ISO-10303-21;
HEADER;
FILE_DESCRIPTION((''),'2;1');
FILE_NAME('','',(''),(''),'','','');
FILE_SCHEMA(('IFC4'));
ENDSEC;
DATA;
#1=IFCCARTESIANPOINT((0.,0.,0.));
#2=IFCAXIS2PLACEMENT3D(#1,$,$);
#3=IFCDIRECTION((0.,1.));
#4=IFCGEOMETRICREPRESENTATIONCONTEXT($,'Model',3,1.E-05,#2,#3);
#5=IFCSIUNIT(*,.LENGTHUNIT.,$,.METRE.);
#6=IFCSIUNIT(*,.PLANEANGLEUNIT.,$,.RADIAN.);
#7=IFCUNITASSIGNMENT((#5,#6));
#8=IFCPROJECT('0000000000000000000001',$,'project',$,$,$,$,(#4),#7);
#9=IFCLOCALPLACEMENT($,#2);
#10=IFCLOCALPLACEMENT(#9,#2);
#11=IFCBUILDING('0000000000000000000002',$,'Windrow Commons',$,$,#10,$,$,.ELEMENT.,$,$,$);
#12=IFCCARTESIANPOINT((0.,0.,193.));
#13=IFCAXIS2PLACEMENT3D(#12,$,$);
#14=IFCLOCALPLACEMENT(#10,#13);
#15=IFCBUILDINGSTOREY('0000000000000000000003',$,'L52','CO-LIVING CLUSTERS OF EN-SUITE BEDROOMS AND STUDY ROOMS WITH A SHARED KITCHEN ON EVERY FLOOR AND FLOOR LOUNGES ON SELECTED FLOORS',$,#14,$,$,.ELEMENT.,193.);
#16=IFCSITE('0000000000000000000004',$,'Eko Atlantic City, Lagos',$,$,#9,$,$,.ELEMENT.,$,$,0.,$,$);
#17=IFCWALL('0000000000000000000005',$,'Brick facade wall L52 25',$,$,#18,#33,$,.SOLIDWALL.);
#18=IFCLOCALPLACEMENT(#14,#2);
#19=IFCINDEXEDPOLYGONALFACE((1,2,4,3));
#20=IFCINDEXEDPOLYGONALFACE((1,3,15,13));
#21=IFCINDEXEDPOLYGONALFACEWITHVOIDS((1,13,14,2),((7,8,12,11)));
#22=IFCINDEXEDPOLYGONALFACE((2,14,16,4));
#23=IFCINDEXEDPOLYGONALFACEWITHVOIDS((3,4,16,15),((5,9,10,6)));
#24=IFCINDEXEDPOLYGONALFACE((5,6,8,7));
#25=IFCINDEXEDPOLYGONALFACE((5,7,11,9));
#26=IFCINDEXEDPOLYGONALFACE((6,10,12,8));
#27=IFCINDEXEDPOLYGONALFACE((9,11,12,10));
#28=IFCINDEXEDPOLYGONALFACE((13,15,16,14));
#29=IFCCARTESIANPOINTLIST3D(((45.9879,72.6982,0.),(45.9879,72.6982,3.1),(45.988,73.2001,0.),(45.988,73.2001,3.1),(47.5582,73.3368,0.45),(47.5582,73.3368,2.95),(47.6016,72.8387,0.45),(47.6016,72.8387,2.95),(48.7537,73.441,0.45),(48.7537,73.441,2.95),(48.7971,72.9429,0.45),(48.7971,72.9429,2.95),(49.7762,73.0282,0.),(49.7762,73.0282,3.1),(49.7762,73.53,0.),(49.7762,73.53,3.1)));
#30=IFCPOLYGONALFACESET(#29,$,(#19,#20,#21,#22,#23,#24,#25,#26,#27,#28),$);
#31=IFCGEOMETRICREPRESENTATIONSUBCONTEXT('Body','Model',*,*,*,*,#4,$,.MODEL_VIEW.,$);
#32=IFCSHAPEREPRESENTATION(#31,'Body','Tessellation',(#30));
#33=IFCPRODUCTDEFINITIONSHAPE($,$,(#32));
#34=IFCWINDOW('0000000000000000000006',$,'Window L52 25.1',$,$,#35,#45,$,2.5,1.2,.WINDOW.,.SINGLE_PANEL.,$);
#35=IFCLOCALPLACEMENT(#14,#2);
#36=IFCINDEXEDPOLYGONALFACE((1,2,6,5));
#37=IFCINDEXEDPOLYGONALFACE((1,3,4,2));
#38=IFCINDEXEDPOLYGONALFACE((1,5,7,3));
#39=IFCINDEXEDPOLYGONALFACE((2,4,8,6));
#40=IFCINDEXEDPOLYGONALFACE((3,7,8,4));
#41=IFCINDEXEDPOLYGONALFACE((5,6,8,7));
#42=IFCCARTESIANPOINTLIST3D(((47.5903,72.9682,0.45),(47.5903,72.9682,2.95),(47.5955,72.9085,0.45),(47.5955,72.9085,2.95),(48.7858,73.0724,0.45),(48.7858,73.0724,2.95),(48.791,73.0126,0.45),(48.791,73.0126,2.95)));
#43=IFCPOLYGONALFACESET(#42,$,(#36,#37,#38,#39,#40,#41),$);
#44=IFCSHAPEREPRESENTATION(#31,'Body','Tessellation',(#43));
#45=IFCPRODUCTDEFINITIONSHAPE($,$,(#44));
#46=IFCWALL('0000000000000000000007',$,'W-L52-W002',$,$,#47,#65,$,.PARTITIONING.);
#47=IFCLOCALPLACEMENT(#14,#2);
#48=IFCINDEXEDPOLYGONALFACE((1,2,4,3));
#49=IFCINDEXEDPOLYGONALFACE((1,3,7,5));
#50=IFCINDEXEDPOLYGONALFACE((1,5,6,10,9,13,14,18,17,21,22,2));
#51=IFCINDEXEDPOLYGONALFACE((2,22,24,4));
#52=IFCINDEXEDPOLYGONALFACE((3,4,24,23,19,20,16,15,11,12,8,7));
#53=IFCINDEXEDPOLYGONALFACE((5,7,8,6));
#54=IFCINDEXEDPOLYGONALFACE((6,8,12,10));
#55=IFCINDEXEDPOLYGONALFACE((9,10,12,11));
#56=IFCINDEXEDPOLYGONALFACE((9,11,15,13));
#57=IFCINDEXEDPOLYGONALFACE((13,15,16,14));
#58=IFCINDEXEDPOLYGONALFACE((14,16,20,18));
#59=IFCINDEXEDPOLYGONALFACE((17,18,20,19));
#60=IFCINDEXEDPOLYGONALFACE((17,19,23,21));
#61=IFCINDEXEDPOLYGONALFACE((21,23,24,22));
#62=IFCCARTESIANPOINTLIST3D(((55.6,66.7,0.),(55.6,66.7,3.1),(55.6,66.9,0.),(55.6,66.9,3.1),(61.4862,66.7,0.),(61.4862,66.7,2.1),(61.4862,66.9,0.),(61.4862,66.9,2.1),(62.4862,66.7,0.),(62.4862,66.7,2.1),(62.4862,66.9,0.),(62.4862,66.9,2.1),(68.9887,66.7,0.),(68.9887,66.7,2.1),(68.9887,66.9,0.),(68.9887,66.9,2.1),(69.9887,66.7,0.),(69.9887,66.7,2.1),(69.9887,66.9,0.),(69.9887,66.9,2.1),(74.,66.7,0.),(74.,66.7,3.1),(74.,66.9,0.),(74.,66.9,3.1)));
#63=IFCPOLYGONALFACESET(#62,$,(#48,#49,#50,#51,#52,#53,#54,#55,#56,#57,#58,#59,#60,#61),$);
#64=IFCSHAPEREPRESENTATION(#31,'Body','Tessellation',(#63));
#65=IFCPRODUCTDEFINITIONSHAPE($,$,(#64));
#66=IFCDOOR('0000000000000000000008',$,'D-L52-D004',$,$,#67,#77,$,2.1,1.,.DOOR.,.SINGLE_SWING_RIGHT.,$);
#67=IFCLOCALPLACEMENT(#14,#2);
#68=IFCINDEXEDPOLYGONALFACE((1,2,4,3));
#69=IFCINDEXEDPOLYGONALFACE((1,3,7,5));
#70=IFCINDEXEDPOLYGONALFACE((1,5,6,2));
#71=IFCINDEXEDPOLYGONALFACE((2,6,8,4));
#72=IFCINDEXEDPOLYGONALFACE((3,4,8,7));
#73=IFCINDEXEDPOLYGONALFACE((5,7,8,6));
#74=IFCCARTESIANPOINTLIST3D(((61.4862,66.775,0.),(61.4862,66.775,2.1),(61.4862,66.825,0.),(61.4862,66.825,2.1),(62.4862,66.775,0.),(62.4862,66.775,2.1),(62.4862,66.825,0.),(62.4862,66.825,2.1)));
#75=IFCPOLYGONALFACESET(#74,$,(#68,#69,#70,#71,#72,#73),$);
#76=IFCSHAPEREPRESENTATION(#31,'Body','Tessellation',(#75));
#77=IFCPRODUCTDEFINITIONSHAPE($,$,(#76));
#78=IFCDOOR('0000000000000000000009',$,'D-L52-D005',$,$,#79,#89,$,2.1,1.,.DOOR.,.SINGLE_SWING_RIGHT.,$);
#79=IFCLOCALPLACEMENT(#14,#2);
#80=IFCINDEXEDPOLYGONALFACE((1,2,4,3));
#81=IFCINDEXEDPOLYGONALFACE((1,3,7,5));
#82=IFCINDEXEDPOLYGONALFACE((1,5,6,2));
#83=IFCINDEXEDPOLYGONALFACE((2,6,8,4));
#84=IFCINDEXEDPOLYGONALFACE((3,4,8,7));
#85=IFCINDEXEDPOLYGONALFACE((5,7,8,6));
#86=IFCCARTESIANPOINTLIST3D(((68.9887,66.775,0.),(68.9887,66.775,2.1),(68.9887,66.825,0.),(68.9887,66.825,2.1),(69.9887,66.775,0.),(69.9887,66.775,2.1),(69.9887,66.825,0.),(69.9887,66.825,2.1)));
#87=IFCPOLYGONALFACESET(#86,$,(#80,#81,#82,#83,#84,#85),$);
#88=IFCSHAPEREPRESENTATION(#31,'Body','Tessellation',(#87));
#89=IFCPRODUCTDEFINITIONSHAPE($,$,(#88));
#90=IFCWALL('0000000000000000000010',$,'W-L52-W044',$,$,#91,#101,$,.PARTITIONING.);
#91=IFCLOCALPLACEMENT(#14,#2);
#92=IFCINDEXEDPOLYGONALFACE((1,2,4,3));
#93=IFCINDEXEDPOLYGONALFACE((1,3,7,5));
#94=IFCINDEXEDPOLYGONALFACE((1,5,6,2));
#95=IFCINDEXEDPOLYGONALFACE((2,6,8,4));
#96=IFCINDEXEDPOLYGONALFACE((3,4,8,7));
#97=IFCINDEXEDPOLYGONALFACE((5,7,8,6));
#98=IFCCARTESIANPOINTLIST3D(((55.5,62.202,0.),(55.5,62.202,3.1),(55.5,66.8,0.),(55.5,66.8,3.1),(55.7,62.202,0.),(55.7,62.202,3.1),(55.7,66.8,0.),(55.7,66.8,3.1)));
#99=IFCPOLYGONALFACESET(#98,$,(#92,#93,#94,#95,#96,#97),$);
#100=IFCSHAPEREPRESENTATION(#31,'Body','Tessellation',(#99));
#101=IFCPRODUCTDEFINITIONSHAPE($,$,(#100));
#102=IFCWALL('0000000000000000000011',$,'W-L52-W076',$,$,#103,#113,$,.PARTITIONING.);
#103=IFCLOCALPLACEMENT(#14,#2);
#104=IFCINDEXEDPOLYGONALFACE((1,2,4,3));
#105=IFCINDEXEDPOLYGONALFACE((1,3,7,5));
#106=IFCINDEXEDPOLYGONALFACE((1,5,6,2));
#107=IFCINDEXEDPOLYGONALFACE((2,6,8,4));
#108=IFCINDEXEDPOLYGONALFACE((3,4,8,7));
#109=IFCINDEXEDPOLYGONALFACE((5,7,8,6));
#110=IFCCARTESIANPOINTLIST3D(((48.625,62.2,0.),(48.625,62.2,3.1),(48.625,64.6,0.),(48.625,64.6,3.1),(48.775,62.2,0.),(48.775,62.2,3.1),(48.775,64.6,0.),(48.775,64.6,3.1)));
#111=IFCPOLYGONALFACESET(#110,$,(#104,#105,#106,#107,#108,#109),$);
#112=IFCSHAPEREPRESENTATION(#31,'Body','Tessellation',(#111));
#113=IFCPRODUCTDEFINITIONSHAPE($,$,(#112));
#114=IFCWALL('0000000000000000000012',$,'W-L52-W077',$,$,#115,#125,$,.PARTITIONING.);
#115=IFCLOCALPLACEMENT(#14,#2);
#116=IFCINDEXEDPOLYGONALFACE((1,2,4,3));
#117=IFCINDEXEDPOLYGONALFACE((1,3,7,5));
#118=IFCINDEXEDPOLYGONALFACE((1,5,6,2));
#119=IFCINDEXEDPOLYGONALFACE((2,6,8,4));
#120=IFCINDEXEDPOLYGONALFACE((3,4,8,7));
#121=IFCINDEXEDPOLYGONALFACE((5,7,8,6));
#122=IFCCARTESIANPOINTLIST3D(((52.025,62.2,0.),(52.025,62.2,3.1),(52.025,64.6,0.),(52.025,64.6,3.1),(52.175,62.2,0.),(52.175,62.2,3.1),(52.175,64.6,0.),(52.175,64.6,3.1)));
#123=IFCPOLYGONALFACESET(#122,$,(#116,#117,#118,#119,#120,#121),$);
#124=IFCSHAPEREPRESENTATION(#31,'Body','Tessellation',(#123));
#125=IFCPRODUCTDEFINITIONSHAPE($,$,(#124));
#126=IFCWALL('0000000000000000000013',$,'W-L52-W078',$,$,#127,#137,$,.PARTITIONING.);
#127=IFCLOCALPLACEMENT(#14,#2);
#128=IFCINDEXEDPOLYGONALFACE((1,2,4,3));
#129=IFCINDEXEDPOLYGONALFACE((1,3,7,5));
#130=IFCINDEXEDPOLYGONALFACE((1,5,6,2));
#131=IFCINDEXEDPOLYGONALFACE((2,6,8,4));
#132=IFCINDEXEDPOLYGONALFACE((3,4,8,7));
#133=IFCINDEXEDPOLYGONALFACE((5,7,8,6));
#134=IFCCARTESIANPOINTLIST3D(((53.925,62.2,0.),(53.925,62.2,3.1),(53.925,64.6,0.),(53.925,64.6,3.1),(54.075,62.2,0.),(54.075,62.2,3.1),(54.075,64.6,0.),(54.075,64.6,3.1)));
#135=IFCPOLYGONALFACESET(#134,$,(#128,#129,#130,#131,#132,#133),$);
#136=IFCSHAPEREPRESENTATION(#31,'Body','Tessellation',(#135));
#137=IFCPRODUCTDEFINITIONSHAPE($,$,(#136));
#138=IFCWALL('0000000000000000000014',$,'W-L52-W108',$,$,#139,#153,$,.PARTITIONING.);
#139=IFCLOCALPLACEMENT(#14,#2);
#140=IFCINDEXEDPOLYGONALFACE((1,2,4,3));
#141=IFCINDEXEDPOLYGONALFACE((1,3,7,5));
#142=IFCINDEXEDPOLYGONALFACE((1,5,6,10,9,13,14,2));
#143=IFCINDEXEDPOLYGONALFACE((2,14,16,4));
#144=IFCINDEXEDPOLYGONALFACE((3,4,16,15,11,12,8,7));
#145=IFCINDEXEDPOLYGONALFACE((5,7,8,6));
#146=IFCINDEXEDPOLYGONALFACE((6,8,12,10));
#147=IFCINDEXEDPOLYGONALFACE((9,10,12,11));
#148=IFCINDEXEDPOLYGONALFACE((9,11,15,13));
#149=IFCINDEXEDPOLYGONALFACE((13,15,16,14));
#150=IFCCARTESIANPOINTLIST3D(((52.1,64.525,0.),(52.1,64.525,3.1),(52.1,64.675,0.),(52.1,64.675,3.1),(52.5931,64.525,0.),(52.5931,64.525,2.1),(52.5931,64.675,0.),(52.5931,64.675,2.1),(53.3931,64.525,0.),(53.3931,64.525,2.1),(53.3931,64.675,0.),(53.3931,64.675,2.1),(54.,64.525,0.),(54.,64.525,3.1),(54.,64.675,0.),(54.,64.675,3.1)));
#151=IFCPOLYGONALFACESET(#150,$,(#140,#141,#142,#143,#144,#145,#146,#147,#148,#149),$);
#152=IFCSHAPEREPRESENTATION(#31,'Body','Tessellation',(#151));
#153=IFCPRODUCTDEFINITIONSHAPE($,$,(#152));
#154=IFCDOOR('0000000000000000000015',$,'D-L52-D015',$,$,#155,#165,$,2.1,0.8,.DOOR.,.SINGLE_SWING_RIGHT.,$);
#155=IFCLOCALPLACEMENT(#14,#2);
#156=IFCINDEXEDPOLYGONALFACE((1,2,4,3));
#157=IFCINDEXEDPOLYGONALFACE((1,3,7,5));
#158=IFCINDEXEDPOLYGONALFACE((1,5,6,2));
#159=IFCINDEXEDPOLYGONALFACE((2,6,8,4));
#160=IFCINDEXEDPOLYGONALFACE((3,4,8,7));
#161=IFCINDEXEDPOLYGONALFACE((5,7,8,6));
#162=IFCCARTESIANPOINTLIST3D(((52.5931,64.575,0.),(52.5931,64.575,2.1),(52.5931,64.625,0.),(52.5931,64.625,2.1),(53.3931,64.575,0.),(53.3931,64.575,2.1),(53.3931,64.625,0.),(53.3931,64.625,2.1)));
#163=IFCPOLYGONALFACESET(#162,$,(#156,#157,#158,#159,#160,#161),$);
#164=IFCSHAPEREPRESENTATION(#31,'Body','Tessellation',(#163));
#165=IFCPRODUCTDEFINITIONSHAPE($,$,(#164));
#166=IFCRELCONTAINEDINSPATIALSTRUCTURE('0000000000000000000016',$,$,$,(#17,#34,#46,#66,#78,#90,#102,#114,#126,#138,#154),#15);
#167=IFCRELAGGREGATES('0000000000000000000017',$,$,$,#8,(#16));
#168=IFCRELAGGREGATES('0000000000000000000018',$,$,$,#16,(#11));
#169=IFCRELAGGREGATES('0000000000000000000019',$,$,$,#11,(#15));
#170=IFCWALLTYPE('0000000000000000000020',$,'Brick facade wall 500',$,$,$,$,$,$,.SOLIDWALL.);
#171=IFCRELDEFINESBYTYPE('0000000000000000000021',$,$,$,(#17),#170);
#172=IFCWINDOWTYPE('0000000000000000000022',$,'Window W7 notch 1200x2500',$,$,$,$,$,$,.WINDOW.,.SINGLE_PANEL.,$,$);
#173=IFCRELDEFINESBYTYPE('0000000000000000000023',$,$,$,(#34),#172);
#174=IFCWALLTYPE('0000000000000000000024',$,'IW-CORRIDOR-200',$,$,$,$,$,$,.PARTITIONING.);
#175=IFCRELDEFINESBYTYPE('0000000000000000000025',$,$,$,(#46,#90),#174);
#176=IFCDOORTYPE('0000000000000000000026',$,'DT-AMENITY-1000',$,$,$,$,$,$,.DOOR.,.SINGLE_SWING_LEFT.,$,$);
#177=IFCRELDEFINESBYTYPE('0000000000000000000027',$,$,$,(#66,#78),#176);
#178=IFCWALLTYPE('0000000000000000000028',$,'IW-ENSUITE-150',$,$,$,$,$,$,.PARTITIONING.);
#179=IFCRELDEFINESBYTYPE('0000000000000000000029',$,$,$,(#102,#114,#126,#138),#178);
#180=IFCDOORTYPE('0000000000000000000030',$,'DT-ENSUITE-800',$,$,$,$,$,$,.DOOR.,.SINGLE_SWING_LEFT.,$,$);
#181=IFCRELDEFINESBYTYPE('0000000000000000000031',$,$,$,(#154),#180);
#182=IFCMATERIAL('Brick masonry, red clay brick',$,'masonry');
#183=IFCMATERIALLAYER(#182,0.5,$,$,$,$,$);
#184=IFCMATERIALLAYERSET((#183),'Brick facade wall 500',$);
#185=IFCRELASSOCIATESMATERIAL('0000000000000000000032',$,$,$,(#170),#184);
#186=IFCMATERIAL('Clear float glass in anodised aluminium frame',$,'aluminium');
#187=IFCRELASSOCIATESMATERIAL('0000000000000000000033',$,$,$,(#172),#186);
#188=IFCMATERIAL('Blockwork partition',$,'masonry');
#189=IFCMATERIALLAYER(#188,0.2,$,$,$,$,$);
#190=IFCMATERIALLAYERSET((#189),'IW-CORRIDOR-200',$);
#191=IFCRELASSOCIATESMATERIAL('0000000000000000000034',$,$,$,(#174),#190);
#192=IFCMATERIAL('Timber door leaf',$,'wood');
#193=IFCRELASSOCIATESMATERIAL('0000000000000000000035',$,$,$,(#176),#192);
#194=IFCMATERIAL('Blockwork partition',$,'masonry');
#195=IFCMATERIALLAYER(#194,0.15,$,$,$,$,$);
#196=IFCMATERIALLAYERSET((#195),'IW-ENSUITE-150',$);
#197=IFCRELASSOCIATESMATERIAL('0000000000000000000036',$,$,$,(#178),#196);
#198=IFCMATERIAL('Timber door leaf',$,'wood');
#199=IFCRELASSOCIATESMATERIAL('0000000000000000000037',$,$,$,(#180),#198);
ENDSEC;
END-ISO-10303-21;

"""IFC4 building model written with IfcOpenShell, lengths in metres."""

from ifc_helpers import new_model, si_unit, direction, frame, frame_2d, origin, place, context, subcontext, project, spatial, polyline, rectangle, outline, extrude, material, layer, layer_set, type_object, element, fill, save


model = new_model("IFC4")

# Units and contexts
model_context = context("Model", 3, precision=1e-05, world=origin(), true_north=direction((0.0, 1.0)))
body_context = subcontext(model_context, "Body", "Model", "MODEL_VIEW")
ifc_project = project(units=[si_unit("LENGTHUNIT", "METRE"), si_unit("PLANEANGLEUNIT", "RADIAN")], contexts=[model_context])

# Site, building, storey
site_placement = place(None, origin())
site = spatial("IfcSite", under=ifc_project, at=site_placement, Name="Eko Atlantic City, Lagos", CompositionType="ELEMENT", RefElevation=0.0)
building_placement = place(site_placement, origin())
building = spatial("IfcBuilding", under=site, at=building_placement, Name="Windrow Commons", CompositionType="ELEMENT")
storey_placement = place(building_placement, frame((0.0, 0.0, 193.0)))
storey = spatial("IfcBuildingStorey", under=building, at=storey_placement, Name="L52", Description="CO-LIVING CLUSTERS OF EN-SUITE BEDROOMS AND STUDY ROOMS WITH A SHARED KITCHEN ON EVERY FLOOR AND FLOOR LOUNGES ON SELECTED FLOORS", CompositionType="ELEMENT", Elevation=193.0)

# Shared definitions
ifc_material_1 = material(Name="Brick masonry, red clay brick", Category="masonry")
ifc_layer_1 = layer(ifc_material_1, 0.5)
ifc_layer_set_1 = layer_set([ifc_layer_1], Name="Brick facade wall 500")
wall_type_1 = type_object("IfcWallType", Name="Brick facade wall 500", PredefinedType="SOLIDWALL", material=ifc_layer_set_1)

# Wall, opening, window
ifc_material_2 = material(Name="Clear float glass in anodised aluminium frame", Category="aluminium")
window_type_1 = type_object("IfcWindowType", Name="Window W7 notch 1200x2500", PartitioningType="SINGLE_PANEL", PredefinedType="WINDOW", material=ifc_material_2)
wall_1_placement = place(storey_placement, frame((49.7762, 73.2791, 0.0), z_axis=(0.0, 0.0, 1.0), x_axis=(-0.996227, -0.086782, 0.0)))
wall_1 = element("IfcWall", 1, at=wall_1_placement, inside=storey, type_object=wall_type_1, Name="Brick facade wall L52 25", PredefinedType="SOLIDWALL", context=body_context, shape_type="SweptSolid", body=[
    extrude(outline(polyline([(-0.0218, -0.25), (3.7808, -0.25), (3.8244, 0.25), (0.0218, 0.25), (-0.0218, -0.25)])), origin(), (0.0, 0.0, 1.0), 3.1),
])
opening_1_placement = place(wall_1_placement, frame((1.0046, 0.0, 0.45)))
opening_1 = element("IfcOpeningElement", 2, at=opening_1_placement, cuts=wall_1, PredefinedType="OPENING", context=body_context, shape_type="SweptSolid", body=[
    extrude(rectangle(XDim=1.2, YDim=2.5, at=frame_2d((0.6, 1.25))), frame((0.0, 0.26, 0.0), z_axis=(0.0, -1.0, 0.0), x_axis=(1.0, 0.0, 0.0)), (0.0, 0.0, 1.0), 0.52),
])
window_1_placement = place(opening_1_placement, origin())
window_1 = element("IfcWindow", 3, at=window_1_placement, inside=storey, type_object=window_type_1, Name="Window L52 25.1", OverallHeight=2.5, OverallWidth=1.2, PartitioningType="SINGLE_PANEL", PredefinedType="WINDOW", context=body_context, shape_type="SweptSolid", body=[
    extrude(rectangle(XDim=1.2, YDim=2.5, at=frame_2d((0.6, 1.25))), frame((0.0, 0.18, 0.0), z_axis=(0.0, -1.0, 0.0), x_axis=(1.0, 0.0, 0.0)), (0.0, 0.0, 1.0), 0.06),
])
fill(opening_1, window_1)

# Wall, openings, doors
ifc_material_3 = material(Name="Blockwork partition", Category="masonry")
ifc_layer_2 = layer(ifc_material_3, 0.2)
ifc_layer_set_2 = layer_set([ifc_layer_2], Name="IW-CORRIDOR-200")
wall_type_2 = type_object("IfcWallType", Name="IW-CORRIDOR-200", PredefinedType="PARTITIONING", material=ifc_layer_set_2)
wall_2_placement = place(storey_placement, frame((55.6, 66.8, 0.0), z_axis=(0.0, 0.0, 1.0), x_axis=(1.0, 0.0, 0.0)))
wall_2 = element("IfcWall", 4, at=wall_2_placement, inside=storey, type_object=wall_type_2, Name="W-L52-W002", PredefinedType="PARTITIONING", context=body_context, shape_type="SweptSolid", body=[
    extrude(rectangle(XDim=18.4, YDim=0.2, at=frame_2d((9.2, 0.0))), origin(), (0.0, 0.0, 1.0), 3.1),
])
opening_2_placement = place(wall_2_placement, frame((5.8862, 0.0, 0.0)))
opening_2 = element("IfcOpeningElement", 5, at=opening_2_placement, cuts=wall_2, PredefinedType="OPENING", context=body_context, shape_type="SweptSolid", body=[
    extrude(rectangle(XDim=1.0, YDim=2.1, at=frame_2d((0.5, 1.05))), frame((0.0, 0.11, 0.0), z_axis=(0.0, -1.0, 0.0), x_axis=(1.0, 0.0, 0.0)), (0.0, 0.0, 1.0), 0.22),
])
opening_3_placement = place(wall_2_placement, frame((13.3887, 0.0, 0.0)))
opening_3 = element("IfcOpeningElement", 6, at=opening_3_placement, cuts=wall_2, PredefinedType="OPENING", context=body_context, shape_type="SweptSolid", body=[
    extrude(rectangle(XDim=1.0, YDim=2.1, at=frame_2d((0.5, 1.05))), frame((0.0, 0.11, 0.0), z_axis=(0.0, -1.0, 0.0), x_axis=(1.0, 0.0, 0.0)), (0.0, 0.0, 1.0), 0.22),
])
ifc_material_4 = material(Name="Timber door leaf", Category="wood")
door_type_1 = type_object("IfcDoorType", Name="DT-AMENITY-1000", OperationType="SINGLE_SWING_LEFT", PredefinedType="DOOR", material=ifc_material_4)
door_1_placement = place(opening_2_placement, origin())
door_1 = element("IfcDoor", 7, at=door_1_placement, inside=storey, type_object=door_type_1, Name="D-L52-D004", OperationType="SINGLE_SWING_RIGHT", OverallHeight=2.1, OverallWidth=1.0, PredefinedType="DOOR", context=body_context, shape_type="SweptSolid", body=[
    extrude(rectangle(XDim=1.0, YDim=2.1, at=frame_2d((0.5, 1.05))), frame((0.0, 0.025, 0.0), z_axis=(0.0, -1.0, 0.0), x_axis=(1.0, 0.0, 0.0)), (0.0, 0.0, 1.0), 0.05),
])
fill(opening_2, door_1)
door_2_placement = place(opening_3_placement, origin())
door_2 = element("IfcDoor", 8, at=door_2_placement, inside=storey, type_object=door_type_1, Name="D-L52-D005", OperationType="SINGLE_SWING_RIGHT", OverallHeight=2.1, OverallWidth=1.0, PredefinedType="DOOR", context=body_context, shape_type="SweptSolid", body=[
    extrude(rectangle(XDim=1.0, YDim=2.1, at=frame_2d((0.5, 1.05))), frame((0.0, 0.025, 0.0), z_axis=(0.0, -1.0, 0.0), x_axis=(1.0, 0.0, 0.0)), (0.0, 0.0, 1.0), 0.05),
])
fill(opening_3, door_2)

# Walls
wall_3_placement = place(storey_placement, frame((55.6, 62.202, 0.0), z_axis=(0.0, 0.0, 1.0), x_axis=(0.0, 1.0, 0.0)))
element("IfcWall", 9, at=wall_3_placement, inside=storey, type_object=wall_type_2, Name="W-L52-W044", PredefinedType="PARTITIONING", context=body_context, shape_type="SweptSolid", body=[
    extrude(rectangle(XDim=4.598, YDim=0.2, at=frame_2d((2.299, 0.0))), origin(), (0.0, 0.0, 1.0), 3.1),
])
ifc_material_5 = material(Name="Blockwork partition", Category="masonry")
ifc_layer_3 = layer(ifc_material_5, 0.15)
ifc_layer_set_3 = layer_set([ifc_layer_3], Name="IW-ENSUITE-150")
wall_type_3 = type_object("IfcWallType", Name="IW-ENSUITE-150", PredefinedType="PARTITIONING", material=ifc_layer_set_3)
for number, where, z_axis, x_axis, name in (
    (10, (48.7, 62.2, 0.0), (0.0, 0.0, 1.0), (0.0, 1.0, 0.0), "W-L52-W076"),
    (11, (52.1, 62.2, 0.0), (0.0, 0.0, 1.0), (0.0, 1.0, 0.0), "W-L52-W077"),
    (12, (54.0, 62.2, 0.0), (0.0, 0.0, 1.0), (0.0, 1.0, 0.0), "W-L52-W078"),
):
    element("IfcWall", number, at=place(storey_placement, frame(where, z_axis=z_axis, x_axis=x_axis)), inside=storey, type_object=wall_type_3, Name=name, PredefinedType="PARTITIONING", context=body_context, shape_type="SweptSolid", body=[
        extrude(rectangle(XDim=2.4, YDim=0.15, at=frame_2d((1.2, 0.0))), origin(), (0.0, 0.0, 1.0), 3.1),
    ])

# Wall, opening, door
wall_4_placement = place(storey_placement, frame((52.1, 64.6, 0.0), z_axis=(0.0, 0.0, 1.0), x_axis=(1.0, 0.0, 0.0)))
wall_4 = element("IfcWall", 13, at=wall_4_placement, inside=storey, type_object=wall_type_3, Name="W-L52-W108", PredefinedType="PARTITIONING", context=body_context, shape_type="SweptSolid", body=[
    extrude(rectangle(XDim=1.9, YDim=0.15, at=frame_2d((0.95, 0.0))), origin(), (0.0, 0.0, 1.0), 3.1),
])
opening_4_placement = place(wall_4_placement, frame((0.4931, 0.0, 0.0)))
opening_4 = element("IfcOpeningElement", 14, at=opening_4_placement, cuts=wall_4, PredefinedType="OPENING", context=body_context, shape_type="SweptSolid", body=[
    extrude(rectangle(XDim=0.8, YDim=2.1, at=frame_2d((0.4, 1.05))), frame((0.0, 0.085, 0.0), z_axis=(0.0, -1.0, 0.0), x_axis=(1.0, 0.0, 0.0)), (0.0, 0.0, 1.0), 0.17),
])
ifc_material_6 = material(Name="Timber door leaf", Category="wood")
door_type_2 = type_object("IfcDoorType", Name="DT-ENSUITE-800", OperationType="SINGLE_SWING_LEFT", PredefinedType="DOOR", material=ifc_material_6)
door_3_placement = place(opening_4_placement, origin())
door_3 = element("IfcDoor", 15, at=door_3_placement, inside=storey, type_object=door_type_2, Name="D-L52-D015", OperationType="SINGLE_SWING_RIGHT", OverallHeight=2.1, OverallWidth=0.8, PredefinedType="DOOR", context=body_context, shape_type="SweptSolid", body=[
    extrude(rectangle(XDim=0.8, YDim=2.1, at=frame_2d((0.4, 1.05))), frame((0.0, 0.025, 0.0), z_axis=(0.0, -1.0, 0.0), x_axis=(1.0, 0.0, 0.0)), (0.0, 0.0, 1.0), 0.05),
])
fill(opening_4, door_3)

save(model, "model.ifc")
